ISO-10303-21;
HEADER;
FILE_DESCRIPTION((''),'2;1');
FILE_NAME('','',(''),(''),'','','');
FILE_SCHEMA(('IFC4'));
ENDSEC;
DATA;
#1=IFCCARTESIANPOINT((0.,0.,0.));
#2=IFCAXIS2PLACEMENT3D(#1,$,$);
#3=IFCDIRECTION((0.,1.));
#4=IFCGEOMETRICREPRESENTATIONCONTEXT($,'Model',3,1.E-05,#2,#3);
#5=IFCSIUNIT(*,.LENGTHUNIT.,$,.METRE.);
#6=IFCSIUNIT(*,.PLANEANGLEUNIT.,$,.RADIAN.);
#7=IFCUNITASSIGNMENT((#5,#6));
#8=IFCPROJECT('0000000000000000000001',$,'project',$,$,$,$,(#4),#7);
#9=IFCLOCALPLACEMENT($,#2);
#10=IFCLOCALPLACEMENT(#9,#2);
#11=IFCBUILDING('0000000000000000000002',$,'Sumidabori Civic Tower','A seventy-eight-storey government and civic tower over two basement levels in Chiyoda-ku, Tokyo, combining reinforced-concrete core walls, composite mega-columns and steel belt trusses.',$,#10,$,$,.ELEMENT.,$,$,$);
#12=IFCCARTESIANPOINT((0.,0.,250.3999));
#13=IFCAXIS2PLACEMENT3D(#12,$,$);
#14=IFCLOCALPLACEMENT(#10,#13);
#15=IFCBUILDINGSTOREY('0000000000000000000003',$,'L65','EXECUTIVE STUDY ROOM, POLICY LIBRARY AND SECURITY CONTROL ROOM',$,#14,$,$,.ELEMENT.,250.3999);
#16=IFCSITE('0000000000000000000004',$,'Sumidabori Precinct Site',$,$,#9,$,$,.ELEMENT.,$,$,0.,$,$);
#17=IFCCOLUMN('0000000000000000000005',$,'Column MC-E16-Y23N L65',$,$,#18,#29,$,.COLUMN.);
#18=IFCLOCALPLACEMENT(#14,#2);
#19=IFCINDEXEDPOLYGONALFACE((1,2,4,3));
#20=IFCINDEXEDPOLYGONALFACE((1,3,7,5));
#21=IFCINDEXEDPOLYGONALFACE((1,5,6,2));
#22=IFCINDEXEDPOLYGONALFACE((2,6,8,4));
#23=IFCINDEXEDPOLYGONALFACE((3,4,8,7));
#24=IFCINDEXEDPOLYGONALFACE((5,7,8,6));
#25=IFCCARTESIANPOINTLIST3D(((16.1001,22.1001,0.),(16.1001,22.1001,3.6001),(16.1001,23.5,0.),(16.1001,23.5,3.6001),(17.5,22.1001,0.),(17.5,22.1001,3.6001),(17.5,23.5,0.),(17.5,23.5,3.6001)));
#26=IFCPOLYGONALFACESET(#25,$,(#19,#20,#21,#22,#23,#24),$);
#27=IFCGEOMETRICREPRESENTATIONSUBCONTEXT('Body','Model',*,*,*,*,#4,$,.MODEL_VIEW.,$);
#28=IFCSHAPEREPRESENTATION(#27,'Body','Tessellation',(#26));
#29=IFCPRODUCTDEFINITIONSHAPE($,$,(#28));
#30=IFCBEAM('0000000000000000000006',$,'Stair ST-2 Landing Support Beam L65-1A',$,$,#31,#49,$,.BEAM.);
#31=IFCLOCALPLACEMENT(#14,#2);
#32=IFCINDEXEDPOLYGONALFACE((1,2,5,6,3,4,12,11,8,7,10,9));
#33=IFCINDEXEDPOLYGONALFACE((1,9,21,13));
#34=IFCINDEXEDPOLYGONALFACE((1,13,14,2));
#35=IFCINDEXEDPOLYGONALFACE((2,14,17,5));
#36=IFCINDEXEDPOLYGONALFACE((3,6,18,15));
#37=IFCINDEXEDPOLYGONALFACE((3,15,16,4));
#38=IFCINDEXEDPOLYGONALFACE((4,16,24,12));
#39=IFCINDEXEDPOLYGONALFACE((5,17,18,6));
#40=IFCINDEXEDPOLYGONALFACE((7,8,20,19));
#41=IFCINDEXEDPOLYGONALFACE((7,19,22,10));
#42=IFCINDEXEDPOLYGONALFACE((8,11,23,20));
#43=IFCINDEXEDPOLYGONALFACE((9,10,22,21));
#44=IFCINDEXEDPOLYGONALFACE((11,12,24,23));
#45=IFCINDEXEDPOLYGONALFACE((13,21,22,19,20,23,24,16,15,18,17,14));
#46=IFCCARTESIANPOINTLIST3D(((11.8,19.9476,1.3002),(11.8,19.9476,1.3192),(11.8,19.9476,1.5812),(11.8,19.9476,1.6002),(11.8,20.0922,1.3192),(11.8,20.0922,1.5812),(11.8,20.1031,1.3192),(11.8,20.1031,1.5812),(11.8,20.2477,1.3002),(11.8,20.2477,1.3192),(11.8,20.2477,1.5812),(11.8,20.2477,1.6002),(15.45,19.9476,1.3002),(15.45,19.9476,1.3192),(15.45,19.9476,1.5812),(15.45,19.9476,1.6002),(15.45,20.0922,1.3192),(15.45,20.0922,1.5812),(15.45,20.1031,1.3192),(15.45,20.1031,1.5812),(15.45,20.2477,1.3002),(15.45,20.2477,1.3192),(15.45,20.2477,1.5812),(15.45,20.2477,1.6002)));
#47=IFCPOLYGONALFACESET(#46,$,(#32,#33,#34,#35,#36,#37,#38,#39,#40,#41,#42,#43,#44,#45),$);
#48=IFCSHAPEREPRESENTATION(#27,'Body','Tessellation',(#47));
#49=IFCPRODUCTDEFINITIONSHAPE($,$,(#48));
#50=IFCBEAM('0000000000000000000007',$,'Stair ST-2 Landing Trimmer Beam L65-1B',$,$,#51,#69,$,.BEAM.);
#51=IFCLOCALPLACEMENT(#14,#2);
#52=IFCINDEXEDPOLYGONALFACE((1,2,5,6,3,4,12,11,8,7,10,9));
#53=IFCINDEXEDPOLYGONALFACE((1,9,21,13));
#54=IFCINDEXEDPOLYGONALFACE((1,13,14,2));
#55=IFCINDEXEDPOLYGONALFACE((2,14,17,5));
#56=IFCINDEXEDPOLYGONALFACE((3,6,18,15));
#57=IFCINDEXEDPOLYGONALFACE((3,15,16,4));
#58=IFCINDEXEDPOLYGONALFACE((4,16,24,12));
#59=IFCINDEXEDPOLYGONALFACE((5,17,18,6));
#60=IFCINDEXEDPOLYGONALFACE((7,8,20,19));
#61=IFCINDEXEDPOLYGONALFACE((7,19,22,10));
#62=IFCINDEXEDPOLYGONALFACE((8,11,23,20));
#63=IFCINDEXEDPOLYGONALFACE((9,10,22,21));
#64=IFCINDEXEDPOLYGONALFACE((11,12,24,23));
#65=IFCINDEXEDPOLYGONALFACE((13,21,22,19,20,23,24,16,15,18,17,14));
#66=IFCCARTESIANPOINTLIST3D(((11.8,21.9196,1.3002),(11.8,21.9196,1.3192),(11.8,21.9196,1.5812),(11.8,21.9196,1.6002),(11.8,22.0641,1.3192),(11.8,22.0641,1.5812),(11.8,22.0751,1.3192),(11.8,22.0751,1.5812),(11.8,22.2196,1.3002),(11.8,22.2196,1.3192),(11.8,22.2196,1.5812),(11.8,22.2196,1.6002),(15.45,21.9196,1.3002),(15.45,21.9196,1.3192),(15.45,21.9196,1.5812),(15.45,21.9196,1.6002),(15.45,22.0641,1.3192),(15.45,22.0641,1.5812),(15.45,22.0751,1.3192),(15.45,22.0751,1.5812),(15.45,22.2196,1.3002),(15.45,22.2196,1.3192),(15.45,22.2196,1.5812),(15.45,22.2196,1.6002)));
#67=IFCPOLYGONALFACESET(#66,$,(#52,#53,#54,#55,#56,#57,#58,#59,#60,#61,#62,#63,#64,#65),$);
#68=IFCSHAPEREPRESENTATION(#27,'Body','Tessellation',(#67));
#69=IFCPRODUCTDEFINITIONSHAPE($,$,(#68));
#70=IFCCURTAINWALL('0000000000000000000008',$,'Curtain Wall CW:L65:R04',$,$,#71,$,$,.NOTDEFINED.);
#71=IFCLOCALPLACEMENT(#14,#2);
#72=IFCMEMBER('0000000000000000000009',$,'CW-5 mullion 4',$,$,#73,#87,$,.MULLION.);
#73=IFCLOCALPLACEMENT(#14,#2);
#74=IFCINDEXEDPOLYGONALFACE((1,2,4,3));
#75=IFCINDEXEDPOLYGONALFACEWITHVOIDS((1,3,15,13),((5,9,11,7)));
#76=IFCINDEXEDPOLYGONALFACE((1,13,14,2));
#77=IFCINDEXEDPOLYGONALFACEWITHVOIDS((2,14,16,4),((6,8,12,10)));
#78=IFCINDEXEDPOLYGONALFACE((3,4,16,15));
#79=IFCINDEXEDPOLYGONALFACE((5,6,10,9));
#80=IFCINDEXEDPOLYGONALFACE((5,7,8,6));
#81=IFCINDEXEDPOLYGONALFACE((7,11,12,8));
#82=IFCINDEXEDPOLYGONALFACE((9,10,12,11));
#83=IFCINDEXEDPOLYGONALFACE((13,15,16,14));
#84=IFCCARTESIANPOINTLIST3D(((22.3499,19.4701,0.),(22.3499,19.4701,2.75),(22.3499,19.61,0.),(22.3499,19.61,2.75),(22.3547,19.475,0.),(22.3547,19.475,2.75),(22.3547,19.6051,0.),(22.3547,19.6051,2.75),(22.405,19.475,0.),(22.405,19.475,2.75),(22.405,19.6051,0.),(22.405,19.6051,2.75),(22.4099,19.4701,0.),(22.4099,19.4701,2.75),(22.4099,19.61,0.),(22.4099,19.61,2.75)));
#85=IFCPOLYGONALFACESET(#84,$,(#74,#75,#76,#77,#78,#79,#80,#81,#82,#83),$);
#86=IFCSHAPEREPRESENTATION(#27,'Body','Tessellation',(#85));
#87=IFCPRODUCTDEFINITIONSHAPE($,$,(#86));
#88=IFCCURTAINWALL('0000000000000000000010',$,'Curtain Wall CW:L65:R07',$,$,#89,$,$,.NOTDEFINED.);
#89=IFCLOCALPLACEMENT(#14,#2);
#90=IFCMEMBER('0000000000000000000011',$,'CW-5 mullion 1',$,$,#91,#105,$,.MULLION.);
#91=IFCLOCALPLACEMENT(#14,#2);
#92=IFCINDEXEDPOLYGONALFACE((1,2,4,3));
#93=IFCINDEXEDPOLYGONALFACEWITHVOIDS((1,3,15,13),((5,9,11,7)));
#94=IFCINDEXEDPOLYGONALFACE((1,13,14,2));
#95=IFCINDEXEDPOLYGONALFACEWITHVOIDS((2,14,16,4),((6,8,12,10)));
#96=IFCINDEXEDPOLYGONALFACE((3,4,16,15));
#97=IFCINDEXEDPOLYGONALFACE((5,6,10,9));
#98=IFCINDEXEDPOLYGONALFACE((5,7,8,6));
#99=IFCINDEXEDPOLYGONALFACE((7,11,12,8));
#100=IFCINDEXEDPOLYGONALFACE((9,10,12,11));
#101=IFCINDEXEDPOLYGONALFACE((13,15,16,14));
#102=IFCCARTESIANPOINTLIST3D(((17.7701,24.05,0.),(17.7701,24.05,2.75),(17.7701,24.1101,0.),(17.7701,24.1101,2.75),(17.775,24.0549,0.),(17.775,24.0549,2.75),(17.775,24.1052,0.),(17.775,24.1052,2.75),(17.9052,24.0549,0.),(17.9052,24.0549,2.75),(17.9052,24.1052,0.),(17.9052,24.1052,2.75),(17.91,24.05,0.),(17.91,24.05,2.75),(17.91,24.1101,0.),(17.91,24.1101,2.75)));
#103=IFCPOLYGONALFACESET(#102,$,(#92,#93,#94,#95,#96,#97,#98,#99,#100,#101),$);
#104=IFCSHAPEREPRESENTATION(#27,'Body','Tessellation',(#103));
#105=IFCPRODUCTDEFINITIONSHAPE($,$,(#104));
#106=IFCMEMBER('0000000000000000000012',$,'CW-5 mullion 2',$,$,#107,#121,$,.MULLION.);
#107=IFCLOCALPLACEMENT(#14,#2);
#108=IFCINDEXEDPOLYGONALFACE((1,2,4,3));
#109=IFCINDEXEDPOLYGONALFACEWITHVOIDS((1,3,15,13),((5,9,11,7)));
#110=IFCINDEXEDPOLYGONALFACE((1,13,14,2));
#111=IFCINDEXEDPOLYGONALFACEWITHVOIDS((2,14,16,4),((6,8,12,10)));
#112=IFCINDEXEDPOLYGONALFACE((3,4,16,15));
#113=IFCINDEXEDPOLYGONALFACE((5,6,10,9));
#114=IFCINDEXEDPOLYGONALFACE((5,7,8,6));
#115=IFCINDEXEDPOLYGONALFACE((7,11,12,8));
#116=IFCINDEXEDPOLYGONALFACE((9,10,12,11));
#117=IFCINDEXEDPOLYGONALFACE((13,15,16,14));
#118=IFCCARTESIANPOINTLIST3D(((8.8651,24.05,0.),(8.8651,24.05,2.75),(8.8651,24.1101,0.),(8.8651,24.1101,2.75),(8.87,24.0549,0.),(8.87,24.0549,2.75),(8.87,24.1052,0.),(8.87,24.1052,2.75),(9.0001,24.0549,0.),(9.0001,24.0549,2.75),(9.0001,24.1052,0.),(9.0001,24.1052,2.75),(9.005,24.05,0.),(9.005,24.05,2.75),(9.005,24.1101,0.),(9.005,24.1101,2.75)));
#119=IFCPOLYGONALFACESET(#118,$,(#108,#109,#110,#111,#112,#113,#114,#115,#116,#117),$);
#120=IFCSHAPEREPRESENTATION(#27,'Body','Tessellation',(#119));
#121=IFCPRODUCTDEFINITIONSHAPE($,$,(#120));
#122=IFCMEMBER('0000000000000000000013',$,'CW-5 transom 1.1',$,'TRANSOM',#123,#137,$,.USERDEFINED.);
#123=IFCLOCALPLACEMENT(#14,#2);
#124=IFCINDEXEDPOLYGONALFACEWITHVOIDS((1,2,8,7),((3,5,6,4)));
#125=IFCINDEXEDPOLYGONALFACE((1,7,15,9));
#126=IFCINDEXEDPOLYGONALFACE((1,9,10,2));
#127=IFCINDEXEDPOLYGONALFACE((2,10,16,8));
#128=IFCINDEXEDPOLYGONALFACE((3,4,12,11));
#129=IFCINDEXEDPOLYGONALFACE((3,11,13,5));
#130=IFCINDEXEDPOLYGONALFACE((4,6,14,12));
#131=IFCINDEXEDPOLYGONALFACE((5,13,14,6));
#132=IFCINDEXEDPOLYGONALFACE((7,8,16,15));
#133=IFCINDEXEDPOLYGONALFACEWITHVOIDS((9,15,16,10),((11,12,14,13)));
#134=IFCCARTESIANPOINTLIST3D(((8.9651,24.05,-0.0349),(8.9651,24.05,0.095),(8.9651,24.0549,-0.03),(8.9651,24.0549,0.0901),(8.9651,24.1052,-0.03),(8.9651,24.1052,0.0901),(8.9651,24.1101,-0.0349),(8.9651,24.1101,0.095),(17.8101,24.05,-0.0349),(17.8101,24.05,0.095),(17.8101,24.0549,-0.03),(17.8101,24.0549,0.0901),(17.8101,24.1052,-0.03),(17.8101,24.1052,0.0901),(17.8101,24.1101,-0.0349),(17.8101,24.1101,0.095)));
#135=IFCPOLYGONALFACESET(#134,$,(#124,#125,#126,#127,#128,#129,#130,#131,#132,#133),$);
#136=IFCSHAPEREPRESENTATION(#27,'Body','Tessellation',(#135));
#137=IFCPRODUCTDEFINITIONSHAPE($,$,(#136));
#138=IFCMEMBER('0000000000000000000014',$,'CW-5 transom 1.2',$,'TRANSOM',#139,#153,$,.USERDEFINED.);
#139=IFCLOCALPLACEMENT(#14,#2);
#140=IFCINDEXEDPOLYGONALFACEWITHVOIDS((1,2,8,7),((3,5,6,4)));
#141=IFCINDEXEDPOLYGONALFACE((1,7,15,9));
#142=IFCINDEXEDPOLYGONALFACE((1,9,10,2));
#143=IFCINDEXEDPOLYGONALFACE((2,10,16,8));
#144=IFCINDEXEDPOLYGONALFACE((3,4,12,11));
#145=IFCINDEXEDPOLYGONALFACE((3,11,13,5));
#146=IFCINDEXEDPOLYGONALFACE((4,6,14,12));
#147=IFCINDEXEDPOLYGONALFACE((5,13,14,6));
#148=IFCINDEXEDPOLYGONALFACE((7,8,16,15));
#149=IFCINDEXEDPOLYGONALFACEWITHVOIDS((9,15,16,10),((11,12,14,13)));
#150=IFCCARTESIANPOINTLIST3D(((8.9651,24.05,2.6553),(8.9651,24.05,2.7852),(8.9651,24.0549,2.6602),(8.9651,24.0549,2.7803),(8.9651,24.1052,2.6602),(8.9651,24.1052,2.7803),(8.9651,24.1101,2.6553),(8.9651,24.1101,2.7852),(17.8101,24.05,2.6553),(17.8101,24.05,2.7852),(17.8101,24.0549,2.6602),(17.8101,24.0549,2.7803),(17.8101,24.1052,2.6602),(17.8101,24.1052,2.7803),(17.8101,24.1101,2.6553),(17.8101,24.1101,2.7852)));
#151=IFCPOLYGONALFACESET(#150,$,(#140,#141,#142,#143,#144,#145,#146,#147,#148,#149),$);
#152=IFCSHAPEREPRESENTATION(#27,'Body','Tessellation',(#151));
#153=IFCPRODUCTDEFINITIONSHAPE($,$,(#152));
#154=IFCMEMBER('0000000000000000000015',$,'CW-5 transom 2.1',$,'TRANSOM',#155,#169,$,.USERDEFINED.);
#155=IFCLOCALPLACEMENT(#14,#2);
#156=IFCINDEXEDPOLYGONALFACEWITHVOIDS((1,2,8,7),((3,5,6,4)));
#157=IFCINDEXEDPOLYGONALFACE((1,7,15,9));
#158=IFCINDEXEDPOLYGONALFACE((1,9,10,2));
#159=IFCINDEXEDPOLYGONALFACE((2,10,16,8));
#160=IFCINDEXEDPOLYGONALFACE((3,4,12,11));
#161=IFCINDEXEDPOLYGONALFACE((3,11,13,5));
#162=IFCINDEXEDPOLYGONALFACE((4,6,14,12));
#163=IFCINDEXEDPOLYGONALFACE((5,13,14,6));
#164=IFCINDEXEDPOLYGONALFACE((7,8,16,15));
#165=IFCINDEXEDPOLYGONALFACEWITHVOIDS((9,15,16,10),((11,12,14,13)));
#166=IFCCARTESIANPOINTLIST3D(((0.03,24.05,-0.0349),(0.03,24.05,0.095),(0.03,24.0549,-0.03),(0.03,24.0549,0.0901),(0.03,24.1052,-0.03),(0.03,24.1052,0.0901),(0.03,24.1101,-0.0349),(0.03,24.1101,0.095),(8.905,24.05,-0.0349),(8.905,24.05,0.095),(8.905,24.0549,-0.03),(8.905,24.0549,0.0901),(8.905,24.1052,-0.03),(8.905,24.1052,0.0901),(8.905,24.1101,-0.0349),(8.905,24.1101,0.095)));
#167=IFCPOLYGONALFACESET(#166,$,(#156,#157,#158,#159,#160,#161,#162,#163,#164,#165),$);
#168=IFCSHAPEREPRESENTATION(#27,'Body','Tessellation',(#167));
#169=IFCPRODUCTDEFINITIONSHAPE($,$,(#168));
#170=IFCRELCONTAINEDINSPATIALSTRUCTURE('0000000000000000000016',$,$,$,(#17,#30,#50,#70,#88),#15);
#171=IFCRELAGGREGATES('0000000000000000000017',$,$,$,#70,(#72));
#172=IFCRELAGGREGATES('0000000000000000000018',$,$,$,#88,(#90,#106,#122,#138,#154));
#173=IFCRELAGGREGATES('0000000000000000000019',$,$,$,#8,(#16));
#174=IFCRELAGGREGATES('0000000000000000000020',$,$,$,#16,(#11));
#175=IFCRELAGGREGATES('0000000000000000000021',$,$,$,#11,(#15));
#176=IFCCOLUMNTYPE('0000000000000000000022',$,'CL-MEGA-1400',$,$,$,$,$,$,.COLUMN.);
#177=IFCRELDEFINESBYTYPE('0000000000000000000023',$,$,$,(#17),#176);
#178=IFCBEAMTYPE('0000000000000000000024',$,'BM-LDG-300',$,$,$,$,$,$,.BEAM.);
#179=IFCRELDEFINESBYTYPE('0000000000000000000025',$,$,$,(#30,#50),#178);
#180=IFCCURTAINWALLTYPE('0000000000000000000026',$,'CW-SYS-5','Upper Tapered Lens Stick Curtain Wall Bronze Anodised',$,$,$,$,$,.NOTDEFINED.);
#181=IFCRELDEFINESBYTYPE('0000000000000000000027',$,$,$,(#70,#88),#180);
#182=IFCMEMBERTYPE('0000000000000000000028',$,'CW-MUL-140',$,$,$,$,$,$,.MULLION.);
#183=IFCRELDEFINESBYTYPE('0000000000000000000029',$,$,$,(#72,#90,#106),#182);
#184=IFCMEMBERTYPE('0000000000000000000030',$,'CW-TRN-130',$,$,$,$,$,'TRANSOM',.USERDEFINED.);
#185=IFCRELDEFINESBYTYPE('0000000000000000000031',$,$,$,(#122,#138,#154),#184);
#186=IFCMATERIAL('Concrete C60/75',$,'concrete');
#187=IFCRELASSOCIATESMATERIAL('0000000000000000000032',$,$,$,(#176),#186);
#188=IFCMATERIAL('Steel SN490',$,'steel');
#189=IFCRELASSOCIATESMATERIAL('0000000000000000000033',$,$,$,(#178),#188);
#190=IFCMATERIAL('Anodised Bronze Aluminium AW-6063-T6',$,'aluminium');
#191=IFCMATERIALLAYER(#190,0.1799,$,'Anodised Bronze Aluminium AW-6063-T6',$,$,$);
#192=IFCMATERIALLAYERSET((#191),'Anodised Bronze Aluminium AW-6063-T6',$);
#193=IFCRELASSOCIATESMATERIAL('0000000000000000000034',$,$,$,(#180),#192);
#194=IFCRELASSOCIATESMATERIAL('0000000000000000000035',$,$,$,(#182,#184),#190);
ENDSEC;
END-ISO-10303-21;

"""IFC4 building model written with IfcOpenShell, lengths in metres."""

from ifc_helpers import new_model, si_unit, direction, frame, origin, origin_2d, place, context, subcontext, project, spatial, rectangle, hollow_rectangle, i_section, extrude, source, transform, mapped, material, layer, layer_set, material_profile, profile_set, type_object, element, aggregate, save


model = new_model("IFC4")

# Units and contexts
model_context = context("Model", 3, precision=1e-05, world=origin(), true_north=direction((0.0, 1.0)))
body_context = subcontext(model_context, "Body", "Model", "MODEL_VIEW")
ifc_project = project(units=[si_unit("LENGTHUNIT", "METRE"), si_unit("PLANEANGLEUNIT", "RADIAN")], contexts=[model_context])

# Site, building, storey
site_placement = place(None, origin())
site = spatial("IfcSite", under=ifc_project, at=site_placement, Name="Sumidabori Precinct Site", CompositionType="ELEMENT", RefElevation=0.0)
building_placement = place(site_placement, origin())
building = spatial("IfcBuilding", under=site, at=building_placement, Name="Sumidabori Civic Tower", Description="A seventy-eight-storey government and civic tower over two basement levels in Chiyoda-ku, Tokyo, combining reinforced-concrete core walls, composite mega-columns and steel belt trusses.", CompositionType="ELEMENT")
storey_placement = place(building_placement, frame((0.0, 0.0, 250.3999)))
storey = spatial("IfcBuildingStorey", under=building, at=storey_placement, Name="L65", Description="EXECUTIVE STUDY ROOM, POLICY LIBRARY AND SECURITY CONTROL ROOM", CompositionType="ELEMENT", Elevation=250.3999)

# Column
ifc_material_1 = material(Name="Concrete C60/75", Category="concrete")
ifc_material_profile_1 = material_profile(ifc_material_1, rectangle(XDim=1.3999, YDim=1.3999, at=origin_2d()), Name="RC 1400x1400")
ifc_profile_set_1 = profile_set([ifc_material_profile_1], Name="Concrete C60/75")
column_type = type_object("IfcColumnType", Name="CL-MEGA-1400", PredefinedType="COLUMN", material=ifc_profile_set_1)
shared_shape_1 = source(origin(), body_context, "Body", "SweptSolid", [
    extrude(rectangle(XDim=1.3999, YDim=1.3999, at=origin_2d()), origin(), (0.0, 0.0, 1.0), 3.6001),
])
column_placement = place(storey_placement, frame((16.8, 22.8, 0.0), z_axis=(0.0, 0.0, 1.0), x_axis=(1.0, 0.0, 0.0)))
element("IfcColumn", 1, at=column_placement, inside=storey, type_object=column_type, Name="Column MC-E16-Y23N L65", PredefinedType="COLUMN", context=body_context, shape_type="MappedRepresentation", body=[
    mapped(shared_shape_1, transform((0.0, 0.0, 0.0), x_axis=(1.0, 0.0, 0.0), y_axis=(0.0, 1.0, 0.0), z_axis=(0.0, 0.0, 1.0), scale=1.0)),
])

# Beams
ifc_material_2 = material(Name="Steel SN490", Category="steel")
ifc_material_profile_2 = material_profile(ifc_material_2, i_section(OverallWidth=0.3, OverallDepth=0.3, WebThickness=0.011, FlangeThickness=0.019, at=origin_2d()), Name="HE 300 B")
ifc_profile_set_2 = profile_set([ifc_material_profile_2], Name="Steel SN490")
beam_type = type_object("IfcBeamType", Name="BM-LDG-300", PredefinedType="BEAM", material=ifc_profile_set_2)
shared_shape_2 = source(origin(), body_context, "Body", "SweptSolid", [
    extrude(i_section(OverallWidth=0.3, OverallDepth=0.3, WebThickness=0.011, FlangeThickness=0.019, at=origin_2d()), origin(), (0.0, 0.0, 1.0), 3.6499),
])
for number, where, z_axis, x_axis, name in (
    (2, (11.8, 20.0977, 1.4502), (1.0, 0.0, 0.0), (0.0, 1.0, 0.0), "Stair ST-2 Landing Support Beam L65-1A"),
    (3, (11.8, 22.0696, 1.4502), (1.0, 0.0, 0.0), (0.0, 1.0, 0.0), "Stair ST-2 Landing Trimmer Beam L65-1B"),
):
    element("IfcBeam", number, at=place(storey_placement, frame(where, z_axis=z_axis, x_axis=x_axis)), inside=storey, type_object=beam_type, Name=name, PredefinedType="BEAM", context=body_context, shape_type="MappedRepresentation", body=[
        mapped(shared_shape_2, transform((0.0, 0.0, 0.0), x_axis=(1.0, 0.0, 0.0), y_axis=(0.0, 1.0, 0.0), z_axis=(0.0, 0.0, 1.0), scale=1.0)),
    ])

# Curtain wall, member
ifc_material_3 = material(Name="Anodised Bronze Aluminium AW-6063-T6", Category="aluminium")
ifc_layer_1 = layer(ifc_material_3, 0.1799, Name="Anodised Bronze Aluminium AW-6063-T6")
ifc_layer_set_1 = layer_set([ifc_layer_1], Name="Anodised Bronze Aluminium AW-6063-T6")
curtain_wall_type = type_object("IfcCurtainWallType", Name="CW-SYS-5", Description="Upper Tapered Lens Stick Curtain Wall Bronze Anodised", PredefinedType="NOTDEFINED", material=ifc_layer_set_1)
curtain_wall_1_placement = place(storey_placement, origin())
curtain_wall_1 = element("IfcCurtainWall", 4, at=curtain_wall_1_placement, inside=storey, type_object=curtain_wall_type, Name="Curtain Wall CW:L65:R04", PredefinedType="NOTDEFINED")
ifc_material_profile_3 = material_profile(ifc_material_3, hollow_rectangle(XDim=0.0601, YDim=0.1399, WallThickness=0.0049, at=origin_2d()), Name="ALU MULLION 140x60")
ifc_profile_set_3 = profile_set([ifc_material_profile_3], Name="Anodised Bronze Aluminium AW-6063-T6")
member_type_1 = type_object("IfcMemberType", Name="CW-MUL-140", PredefinedType="MULLION", material=ifc_profile_set_3)
shared_shape_3 = source(origin(), body_context, "Body", "SweptSolid", [
    extrude(hollow_rectangle(XDim=0.0601, YDim=0.1399, WallThickness=0.0049, at=origin_2d()), origin(), (0.0, 0.0, 1.0), 2.75),
])
member_1_placement = place(storey_placement, frame((22.3799, 19.54, 0.0), z_axis=(0.0, 0.0, 1.0), x_axis=(-1.0, 0.0, 0.0)))
member_1 = element("IfcMember", 5, at=member_1_placement, type_object=member_type_1, Name="CW-5 mullion 4", PredefinedType="MULLION", context=body_context, shape_type="MappedRepresentation", body=[
    mapped(shared_shape_3, transform((0.0, 0.0, 0.0), x_axis=(1.0, 0.0, 0.0), y_axis=(0.0, 1.0, 0.0), z_axis=(0.0, 0.0, 1.0), scale=1.0)),
])
aggregate(curtain_wall_1, [member_1])

# Curtain wall, members
curtain_wall_2_placement = place(storey_placement, origin())
curtain_wall_2 = element("IfcCurtainWall", 6, at=curtain_wall_2_placement, inside=storey, type_object=curtain_wall_type, Name="Curtain Wall CW:L65:R07", PredefinedType="NOTDEFINED")
member_2_placement = place(storey_placement, frame((17.8401, 24.0801, 0.0), z_axis=(0.0, 0.0, 1.0), x_axis=(0.0, -1.0, 0.0)))
member_2 = element("IfcMember", 7, at=member_2_placement, type_object=member_type_1, Name="CW-5 mullion 1", PredefinedType="MULLION", context=body_context, shape_type="MappedRepresentation", body=[
    mapped(shared_shape_3, transform((0.0, 0.0, 0.0), x_axis=(1.0, 0.0, 0.0), y_axis=(0.0, 1.0, 0.0), z_axis=(0.0, 0.0, 1.0), scale=1.0)),
])
member_3_placement = place(storey_placement, frame((8.9351, 24.0801, 0.0), z_axis=(0.0, 0.0, 1.0), x_axis=(0.0, -1.0, 0.0)))
member_3 = element("IfcMember", 8, at=member_3_placement, type_object=member_type_1, Name="CW-5 mullion 2", PredefinedType="MULLION", context=body_context, shape_type="MappedRepresentation", body=[
    mapped(shared_shape_3, transform((0.0, 0.0, 0.0), x_axis=(1.0, 0.0, 0.0), y_axis=(0.0, 1.0, 0.0), z_axis=(0.0, 0.0, 1.0), scale=1.0)),
])
ifc_material_profile_4 = material_profile(ifc_material_3, hollow_rectangle(XDim=0.0601, YDim=0.1299, WallThickness=0.0049, at=origin_2d()), Name="ALU TRANSOM 130x60")
ifc_profile_set_4 = profile_set([ifc_material_profile_4], Name="Anodised Bronze Aluminium AW-6063-T6")
member_type_2 = type_object("IfcMemberType", Name="CW-TRN-130", ElementType="TRANSOM", PredefinedType="USERDEFINED", material=ifc_profile_set_4)
shared_shape_4 = source(origin(), body_context, "Body", "SweptSolid", [
    extrude(hollow_rectangle(XDim=0.0601, YDim=0.1299, WallThickness=0.0049, at=origin_2d()), origin(), (0.0, 0.0, 1.0), 8.845),
])
member_4_placement = place(storey_placement, frame((17.8101, 24.0801, 0.03), z_axis=(-1.0, 0.0, 0.0), x_axis=(0.0, -1.0, 0.0)))
member_4 = element("IfcMember", 9, at=member_4_placement, type_object=member_type_2, Name="CW-5 transom 1.1", ObjectType="TRANSOM", PredefinedType="USERDEFINED", context=body_context, shape_type="MappedRepresentation", body=[
    mapped(shared_shape_4, transform((0.0, 0.0, 0.0), x_axis=(1.0, 0.0, 0.0), y_axis=(0.0, 1.0, 0.0), z_axis=(0.0, 0.0, 1.0), scale=1.0)),
])
member_5_placement = place(storey_placement, frame((17.8101, 24.0801, 2.7202), z_axis=(-1.0, 0.0, 0.0), x_axis=(0.0, -1.0, 0.0)))
member_5 = element("IfcMember", 10, at=member_5_placement, type_object=member_type_2, Name="CW-5 transom 1.2", ObjectType="TRANSOM", PredefinedType="USERDEFINED", context=body_context, shape_type="MappedRepresentation", body=[
    mapped(shared_shape_4, transform((0.0, 0.0, 0.0), x_axis=(1.0, 0.0, 0.0), y_axis=(0.0, 1.0, 0.0), z_axis=(0.0, 0.0, 1.0), scale=1.0)),
])
shared_shape_5 = source(origin(), body_context, "Body", "SweptSolid", [
    extrude(hollow_rectangle(XDim=0.0601, YDim=0.1299, WallThickness=0.0049, at=origin_2d()), origin(), (0.0, 0.0, 1.0), 8.875),
])
member_6_placement = place(storey_placement, frame((8.905, 24.0801, 0.03), z_axis=(-1.0, 0.0, 0.0), x_axis=(0.0, -1.0, 0.0)))
member_6 = element("IfcMember", 11, at=member_6_placement, type_object=member_type_2, Name="CW-5 transom 2.1", ObjectType="TRANSOM", PredefinedType="USERDEFINED", context=body_context, shape_type="MappedRepresentation", body=[
    mapped(shared_shape_5, transform((0.0, 0.0, 0.0), x_axis=(1.0, 0.0, 0.0), y_axis=(0.0, 1.0, 0.0), z_axis=(0.0, 0.0, 1.0), scale=1.0)),
])
aggregate(curtain_wall_2, [member_2, member_3, member_4, member_5, member_6])

save(model, "model.ifc")
